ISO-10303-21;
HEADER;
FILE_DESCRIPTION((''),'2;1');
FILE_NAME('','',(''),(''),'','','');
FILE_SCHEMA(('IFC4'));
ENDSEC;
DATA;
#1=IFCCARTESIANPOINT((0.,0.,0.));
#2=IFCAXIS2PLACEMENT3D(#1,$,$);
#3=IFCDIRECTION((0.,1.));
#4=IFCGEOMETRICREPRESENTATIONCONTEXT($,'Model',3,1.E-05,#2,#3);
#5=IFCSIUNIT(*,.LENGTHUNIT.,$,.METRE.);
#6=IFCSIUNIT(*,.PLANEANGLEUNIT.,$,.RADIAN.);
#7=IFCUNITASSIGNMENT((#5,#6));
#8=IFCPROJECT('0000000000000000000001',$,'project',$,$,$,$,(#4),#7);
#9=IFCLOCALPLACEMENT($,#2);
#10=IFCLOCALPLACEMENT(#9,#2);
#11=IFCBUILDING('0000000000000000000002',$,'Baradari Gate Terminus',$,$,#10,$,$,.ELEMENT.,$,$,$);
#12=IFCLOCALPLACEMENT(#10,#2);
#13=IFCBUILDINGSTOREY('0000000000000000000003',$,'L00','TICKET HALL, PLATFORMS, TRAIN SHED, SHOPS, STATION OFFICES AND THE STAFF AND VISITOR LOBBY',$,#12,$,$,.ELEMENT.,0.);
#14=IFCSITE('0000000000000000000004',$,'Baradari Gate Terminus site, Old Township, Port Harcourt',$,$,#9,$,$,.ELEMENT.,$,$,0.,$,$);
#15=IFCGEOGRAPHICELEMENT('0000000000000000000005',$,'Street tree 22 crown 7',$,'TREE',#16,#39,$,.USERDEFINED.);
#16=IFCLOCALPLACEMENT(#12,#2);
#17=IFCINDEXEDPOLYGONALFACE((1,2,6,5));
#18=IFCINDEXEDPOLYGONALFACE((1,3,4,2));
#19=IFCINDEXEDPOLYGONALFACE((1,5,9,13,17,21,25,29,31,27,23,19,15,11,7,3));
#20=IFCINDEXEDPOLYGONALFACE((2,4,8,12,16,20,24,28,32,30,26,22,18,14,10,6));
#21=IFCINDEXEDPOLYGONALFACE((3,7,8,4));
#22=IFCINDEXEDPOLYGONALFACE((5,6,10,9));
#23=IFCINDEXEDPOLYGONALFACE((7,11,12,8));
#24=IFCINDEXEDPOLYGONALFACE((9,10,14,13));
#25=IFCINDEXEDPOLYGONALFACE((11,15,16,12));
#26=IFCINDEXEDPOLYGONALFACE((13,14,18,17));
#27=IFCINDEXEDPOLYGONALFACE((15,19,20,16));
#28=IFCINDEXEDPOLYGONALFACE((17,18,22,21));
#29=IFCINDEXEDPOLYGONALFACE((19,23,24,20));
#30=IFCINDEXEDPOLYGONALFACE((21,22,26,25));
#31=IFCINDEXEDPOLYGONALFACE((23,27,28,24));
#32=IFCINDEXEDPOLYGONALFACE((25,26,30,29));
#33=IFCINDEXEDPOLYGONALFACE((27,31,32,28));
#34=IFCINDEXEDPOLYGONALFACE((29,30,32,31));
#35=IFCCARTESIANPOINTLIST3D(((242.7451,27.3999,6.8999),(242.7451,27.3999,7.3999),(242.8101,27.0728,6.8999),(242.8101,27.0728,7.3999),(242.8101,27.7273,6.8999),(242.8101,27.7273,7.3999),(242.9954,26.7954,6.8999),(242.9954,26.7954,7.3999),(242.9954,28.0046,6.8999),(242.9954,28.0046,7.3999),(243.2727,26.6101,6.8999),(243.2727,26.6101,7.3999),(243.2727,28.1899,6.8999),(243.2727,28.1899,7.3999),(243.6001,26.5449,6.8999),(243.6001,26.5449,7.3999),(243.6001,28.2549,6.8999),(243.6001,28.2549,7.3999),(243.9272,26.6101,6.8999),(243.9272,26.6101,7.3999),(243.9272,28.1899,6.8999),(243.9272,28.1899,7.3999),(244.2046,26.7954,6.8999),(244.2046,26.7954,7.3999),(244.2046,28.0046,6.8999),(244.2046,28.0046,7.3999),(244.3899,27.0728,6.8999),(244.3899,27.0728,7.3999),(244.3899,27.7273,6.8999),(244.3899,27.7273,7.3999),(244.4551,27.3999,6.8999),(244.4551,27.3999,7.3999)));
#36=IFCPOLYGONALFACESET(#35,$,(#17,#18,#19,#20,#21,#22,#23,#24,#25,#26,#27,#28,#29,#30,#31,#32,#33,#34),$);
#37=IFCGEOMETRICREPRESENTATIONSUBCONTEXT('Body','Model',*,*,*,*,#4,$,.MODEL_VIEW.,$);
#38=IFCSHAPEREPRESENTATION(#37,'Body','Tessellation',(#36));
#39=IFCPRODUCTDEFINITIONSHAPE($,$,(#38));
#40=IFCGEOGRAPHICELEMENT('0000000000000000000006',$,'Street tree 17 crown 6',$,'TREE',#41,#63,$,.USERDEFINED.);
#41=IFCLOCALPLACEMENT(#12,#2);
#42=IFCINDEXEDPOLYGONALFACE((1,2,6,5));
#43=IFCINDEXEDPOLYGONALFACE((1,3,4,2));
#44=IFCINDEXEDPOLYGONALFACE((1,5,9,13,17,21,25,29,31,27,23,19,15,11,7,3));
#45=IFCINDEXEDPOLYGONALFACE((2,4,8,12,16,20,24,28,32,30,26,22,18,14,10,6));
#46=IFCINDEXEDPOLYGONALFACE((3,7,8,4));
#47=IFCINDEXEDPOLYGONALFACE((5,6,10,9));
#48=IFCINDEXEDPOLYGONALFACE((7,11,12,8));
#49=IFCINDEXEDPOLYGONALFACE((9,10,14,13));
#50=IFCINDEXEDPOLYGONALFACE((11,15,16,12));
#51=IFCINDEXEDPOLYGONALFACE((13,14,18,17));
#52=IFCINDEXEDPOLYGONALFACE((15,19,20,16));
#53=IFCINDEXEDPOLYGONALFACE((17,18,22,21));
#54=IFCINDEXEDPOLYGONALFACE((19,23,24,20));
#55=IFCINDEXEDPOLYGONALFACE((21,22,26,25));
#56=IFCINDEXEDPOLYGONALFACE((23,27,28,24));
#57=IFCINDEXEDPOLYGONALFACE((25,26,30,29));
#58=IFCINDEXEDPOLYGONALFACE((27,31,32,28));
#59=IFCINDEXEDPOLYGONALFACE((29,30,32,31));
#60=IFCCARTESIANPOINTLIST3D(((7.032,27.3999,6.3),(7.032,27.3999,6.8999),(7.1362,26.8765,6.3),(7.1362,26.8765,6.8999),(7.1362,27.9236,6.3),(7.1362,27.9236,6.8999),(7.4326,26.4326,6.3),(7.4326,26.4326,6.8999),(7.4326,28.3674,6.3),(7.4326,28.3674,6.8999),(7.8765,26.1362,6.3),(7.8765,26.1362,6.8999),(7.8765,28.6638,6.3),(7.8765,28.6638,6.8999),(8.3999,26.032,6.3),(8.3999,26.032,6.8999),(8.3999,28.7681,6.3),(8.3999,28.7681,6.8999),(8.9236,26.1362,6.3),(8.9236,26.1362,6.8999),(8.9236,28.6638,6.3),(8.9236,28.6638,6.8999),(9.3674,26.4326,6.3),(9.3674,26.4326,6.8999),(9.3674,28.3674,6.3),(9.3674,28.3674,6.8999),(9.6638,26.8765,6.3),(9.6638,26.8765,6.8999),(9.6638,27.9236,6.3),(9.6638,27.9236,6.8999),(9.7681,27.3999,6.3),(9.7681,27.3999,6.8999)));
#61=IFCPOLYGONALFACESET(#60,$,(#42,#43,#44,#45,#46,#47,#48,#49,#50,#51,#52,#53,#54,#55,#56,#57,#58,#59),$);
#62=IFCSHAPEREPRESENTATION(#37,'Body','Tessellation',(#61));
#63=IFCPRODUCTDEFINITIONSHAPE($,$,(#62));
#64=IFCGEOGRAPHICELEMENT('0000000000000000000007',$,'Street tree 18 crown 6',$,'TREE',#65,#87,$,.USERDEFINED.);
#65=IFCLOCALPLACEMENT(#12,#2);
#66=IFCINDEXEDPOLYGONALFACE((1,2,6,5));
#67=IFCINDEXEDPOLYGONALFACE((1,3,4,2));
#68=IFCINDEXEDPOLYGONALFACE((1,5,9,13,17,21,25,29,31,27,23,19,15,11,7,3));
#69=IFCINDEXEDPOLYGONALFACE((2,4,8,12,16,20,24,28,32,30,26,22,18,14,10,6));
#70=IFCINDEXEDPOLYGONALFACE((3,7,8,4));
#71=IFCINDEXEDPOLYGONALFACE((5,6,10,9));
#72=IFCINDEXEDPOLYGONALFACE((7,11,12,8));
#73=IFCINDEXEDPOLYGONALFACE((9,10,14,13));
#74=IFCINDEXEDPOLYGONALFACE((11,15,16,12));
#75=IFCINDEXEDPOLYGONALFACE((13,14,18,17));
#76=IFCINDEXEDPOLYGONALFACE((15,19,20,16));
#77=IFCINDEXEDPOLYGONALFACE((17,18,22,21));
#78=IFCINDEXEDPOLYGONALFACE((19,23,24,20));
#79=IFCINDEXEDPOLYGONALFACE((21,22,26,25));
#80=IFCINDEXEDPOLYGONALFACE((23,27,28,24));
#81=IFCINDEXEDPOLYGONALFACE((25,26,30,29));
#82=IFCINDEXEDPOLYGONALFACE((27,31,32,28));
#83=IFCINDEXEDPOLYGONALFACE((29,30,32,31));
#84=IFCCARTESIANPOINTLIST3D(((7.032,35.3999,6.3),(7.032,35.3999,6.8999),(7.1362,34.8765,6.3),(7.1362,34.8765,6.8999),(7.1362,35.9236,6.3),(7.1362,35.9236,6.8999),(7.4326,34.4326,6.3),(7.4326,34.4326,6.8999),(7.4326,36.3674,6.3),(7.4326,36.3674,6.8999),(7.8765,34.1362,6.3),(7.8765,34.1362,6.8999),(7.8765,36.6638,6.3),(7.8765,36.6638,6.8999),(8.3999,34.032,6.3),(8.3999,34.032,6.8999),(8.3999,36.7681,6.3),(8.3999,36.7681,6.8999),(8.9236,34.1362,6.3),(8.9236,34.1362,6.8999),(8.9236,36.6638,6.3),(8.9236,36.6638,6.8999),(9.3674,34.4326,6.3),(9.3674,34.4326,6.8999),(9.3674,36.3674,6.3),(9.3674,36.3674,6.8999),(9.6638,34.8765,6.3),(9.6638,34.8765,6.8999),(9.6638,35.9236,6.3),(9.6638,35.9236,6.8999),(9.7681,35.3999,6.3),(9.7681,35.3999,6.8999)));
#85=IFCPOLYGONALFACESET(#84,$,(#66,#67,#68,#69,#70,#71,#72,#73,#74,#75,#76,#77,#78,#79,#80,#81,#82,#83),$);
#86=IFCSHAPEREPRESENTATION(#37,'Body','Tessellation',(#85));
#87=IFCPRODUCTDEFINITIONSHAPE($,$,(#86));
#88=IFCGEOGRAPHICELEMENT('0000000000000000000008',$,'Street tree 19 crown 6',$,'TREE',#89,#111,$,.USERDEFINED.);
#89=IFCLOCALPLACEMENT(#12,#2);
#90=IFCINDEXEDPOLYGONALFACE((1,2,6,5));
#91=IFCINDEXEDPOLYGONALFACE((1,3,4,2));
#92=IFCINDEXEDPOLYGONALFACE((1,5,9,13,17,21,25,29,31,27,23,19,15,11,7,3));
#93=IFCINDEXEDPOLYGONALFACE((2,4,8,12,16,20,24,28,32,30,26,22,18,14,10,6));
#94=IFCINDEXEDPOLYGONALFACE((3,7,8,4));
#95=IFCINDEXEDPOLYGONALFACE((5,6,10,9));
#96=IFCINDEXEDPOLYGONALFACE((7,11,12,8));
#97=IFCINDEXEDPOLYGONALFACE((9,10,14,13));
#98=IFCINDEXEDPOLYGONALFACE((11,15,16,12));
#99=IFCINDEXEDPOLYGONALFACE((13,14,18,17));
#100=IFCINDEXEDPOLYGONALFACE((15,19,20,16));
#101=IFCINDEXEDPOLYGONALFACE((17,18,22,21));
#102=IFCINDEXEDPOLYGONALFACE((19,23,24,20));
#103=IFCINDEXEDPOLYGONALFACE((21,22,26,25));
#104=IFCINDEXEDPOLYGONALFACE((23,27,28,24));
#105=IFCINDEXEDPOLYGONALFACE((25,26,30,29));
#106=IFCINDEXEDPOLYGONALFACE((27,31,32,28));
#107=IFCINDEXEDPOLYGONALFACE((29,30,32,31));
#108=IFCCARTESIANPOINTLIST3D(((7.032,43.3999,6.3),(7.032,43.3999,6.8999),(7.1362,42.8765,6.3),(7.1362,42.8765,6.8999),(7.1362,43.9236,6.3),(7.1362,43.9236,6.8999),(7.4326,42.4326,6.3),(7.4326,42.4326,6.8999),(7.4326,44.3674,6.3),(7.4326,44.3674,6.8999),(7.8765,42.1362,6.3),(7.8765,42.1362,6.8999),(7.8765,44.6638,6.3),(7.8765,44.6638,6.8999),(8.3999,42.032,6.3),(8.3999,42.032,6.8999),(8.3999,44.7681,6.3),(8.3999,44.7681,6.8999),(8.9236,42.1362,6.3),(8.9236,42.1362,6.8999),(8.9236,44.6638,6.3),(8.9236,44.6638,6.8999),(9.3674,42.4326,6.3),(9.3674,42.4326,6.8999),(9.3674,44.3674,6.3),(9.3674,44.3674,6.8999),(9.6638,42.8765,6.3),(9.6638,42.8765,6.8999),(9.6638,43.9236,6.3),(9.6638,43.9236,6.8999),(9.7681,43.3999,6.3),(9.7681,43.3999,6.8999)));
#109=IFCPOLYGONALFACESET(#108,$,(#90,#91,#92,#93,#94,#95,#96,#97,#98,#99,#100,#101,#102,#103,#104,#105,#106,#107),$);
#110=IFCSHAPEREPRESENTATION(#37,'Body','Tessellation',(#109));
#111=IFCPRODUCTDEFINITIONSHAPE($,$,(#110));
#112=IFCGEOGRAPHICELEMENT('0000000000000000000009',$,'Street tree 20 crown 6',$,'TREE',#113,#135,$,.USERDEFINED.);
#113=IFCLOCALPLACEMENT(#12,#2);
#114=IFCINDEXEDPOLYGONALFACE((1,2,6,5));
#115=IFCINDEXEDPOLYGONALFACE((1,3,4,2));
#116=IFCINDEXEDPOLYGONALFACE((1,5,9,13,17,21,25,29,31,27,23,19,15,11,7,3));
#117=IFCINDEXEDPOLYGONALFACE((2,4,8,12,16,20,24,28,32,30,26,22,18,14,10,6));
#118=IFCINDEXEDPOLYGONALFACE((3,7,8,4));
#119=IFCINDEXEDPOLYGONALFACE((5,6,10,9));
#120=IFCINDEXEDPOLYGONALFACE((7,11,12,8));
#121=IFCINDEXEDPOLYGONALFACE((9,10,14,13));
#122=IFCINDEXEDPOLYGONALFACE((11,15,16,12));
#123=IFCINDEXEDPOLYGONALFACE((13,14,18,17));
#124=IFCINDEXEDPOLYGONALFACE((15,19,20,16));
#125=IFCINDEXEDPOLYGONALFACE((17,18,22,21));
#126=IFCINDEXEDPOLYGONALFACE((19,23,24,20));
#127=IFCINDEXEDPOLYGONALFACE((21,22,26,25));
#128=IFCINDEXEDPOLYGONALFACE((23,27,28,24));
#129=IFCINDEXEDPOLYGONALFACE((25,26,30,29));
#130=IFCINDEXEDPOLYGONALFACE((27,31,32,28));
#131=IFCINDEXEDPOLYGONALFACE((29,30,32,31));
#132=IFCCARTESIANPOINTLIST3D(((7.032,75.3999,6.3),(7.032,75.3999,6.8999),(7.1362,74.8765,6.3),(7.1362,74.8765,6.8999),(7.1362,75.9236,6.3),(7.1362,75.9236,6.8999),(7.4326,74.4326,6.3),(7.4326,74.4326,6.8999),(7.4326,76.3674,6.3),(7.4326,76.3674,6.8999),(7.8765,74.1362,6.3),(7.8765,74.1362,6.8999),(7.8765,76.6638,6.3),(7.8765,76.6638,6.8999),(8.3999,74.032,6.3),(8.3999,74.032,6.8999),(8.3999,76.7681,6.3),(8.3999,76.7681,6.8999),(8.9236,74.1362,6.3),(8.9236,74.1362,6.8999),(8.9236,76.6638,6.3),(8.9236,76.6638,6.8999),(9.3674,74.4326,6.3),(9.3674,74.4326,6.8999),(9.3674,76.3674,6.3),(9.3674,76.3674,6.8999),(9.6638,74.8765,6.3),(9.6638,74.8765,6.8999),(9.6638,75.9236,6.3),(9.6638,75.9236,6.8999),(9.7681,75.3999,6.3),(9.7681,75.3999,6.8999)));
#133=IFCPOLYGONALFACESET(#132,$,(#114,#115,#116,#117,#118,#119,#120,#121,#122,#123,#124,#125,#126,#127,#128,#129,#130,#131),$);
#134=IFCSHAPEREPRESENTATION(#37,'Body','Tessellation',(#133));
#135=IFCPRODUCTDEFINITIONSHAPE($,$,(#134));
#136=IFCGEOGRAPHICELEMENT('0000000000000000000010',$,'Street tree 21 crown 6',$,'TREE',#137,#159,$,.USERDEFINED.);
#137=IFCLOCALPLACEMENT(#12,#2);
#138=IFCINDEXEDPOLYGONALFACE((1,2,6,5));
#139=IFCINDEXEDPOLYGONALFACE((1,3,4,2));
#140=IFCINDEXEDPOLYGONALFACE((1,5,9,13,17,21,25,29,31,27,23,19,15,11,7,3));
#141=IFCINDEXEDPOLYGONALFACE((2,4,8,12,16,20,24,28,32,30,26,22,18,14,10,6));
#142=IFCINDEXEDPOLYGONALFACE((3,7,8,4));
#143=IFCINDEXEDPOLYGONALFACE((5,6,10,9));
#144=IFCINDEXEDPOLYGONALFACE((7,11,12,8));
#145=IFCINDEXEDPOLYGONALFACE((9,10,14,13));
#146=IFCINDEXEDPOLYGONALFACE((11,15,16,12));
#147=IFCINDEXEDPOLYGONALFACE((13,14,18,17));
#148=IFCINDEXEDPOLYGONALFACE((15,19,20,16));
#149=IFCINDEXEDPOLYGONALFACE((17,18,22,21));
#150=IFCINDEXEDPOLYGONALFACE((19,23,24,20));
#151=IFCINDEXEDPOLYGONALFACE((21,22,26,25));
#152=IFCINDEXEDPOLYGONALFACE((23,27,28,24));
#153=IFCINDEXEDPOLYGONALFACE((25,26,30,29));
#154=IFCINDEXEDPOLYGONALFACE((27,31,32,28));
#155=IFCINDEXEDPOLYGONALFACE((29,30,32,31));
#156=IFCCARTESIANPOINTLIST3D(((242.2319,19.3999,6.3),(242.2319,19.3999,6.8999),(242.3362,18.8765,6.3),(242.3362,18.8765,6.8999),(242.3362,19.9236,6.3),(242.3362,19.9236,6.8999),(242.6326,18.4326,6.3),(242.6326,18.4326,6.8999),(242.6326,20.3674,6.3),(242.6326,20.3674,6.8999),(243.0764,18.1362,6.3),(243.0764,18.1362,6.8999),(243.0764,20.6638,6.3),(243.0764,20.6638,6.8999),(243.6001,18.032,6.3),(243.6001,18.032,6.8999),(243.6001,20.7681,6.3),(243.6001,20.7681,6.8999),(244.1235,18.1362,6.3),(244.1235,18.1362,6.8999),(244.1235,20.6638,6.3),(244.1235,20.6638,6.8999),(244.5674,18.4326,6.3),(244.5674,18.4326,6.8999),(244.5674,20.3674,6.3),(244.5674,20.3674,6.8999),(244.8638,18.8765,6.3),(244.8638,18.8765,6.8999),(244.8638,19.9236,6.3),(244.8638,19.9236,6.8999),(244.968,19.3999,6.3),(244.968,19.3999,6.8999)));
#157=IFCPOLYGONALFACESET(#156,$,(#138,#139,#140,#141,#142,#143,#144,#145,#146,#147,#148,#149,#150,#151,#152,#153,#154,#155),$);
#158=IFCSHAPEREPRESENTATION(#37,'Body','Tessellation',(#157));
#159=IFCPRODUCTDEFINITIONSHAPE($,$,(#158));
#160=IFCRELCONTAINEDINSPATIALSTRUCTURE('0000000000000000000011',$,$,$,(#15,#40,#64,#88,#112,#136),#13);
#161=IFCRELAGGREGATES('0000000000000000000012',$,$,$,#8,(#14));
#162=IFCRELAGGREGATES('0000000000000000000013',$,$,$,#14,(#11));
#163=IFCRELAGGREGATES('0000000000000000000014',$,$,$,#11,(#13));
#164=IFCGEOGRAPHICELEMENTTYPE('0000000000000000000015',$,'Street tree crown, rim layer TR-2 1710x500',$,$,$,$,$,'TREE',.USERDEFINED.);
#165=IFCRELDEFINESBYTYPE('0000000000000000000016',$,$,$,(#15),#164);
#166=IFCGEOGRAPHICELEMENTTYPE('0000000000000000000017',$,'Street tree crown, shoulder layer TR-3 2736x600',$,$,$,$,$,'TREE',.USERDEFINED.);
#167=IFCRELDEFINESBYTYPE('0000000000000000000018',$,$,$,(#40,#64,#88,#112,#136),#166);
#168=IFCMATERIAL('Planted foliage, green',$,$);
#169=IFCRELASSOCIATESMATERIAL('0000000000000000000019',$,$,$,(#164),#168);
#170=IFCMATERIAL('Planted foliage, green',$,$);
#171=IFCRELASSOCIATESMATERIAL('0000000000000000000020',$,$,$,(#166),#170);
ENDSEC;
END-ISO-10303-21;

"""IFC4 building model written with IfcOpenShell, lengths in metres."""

from ifc_helpers import new_model, si_unit, direction, frame, origin, place, context, subcontext, project, spatial, polyline, outline, extrude, material, type_object, element, save


model = new_model("IFC4")

# Units and contexts
model_context = context("Model", 3, precision=1e-05, world=origin(), true_north=direction((0.0, 1.0)))
body_context = subcontext(model_context, "Body", "Model", "MODEL_VIEW")
ifc_project = project(units=[si_unit("LENGTHUNIT", "METRE"), si_unit("PLANEANGLEUNIT", "RADIAN")], contexts=[model_context])

# Site, building, storey
site_placement = place(None, origin())
site = spatial("IfcSite", under=ifc_project, at=site_placement, Name="Baradari Gate Terminus site, Old Township, Port Harcourt", CompositionType="ELEMENT", RefElevation=0.0)
building_placement = place(site_placement, origin())
building = spatial("IfcBuilding", under=site, at=building_placement, Name="Baradari Gate Terminus", CompositionType="ELEMENT")
storey_placement = place(building_placement, origin())
storey = spatial("IfcBuildingStorey", under=building, at=storey_placement, Name="L00", Description="TICKET HALL, PLATFORMS, TRAIN SHED, SHOPS, STATION OFFICES AND THE STAFF AND VISITOR LOBBY", CompositionType="ELEMENT", Elevation=0.0)

# Geographic elements
ifc_material_1 = material(Name="Planted foliage, green")
geographic_element_type_1 = type_object("IfcGeographicElementType", Name="Street tree crown, rim layer TR-2 1710x500", ElementType="TREE", PredefinedType="USERDEFINED", material=ifc_material_1)
geographic_element_1_placement = place(storey_placement, frame((0.0, 0.0, 6.8999)))
element("IfcGeographicElement", 1, at=geographic_element_1_placement, inside=storey, type_object=geographic_element_type_1, Name="Street tree 22 crown 7", ObjectType="TREE", PredefinedType="USERDEFINED", context=body_context, shape_type="SweptSolid", body=[
    extrude(outline(polyline([(244.4551, 27.3999), (244.3899, 27.7273), (244.2046, 28.0046), (243.9272, 28.1899), (243.6001, 28.2549), (243.2727, 28.1899), (242.9954, 28.0046), (242.8101, 27.7273), (242.7451, 27.3999), (242.8101, 27.0728), (242.9954, 26.7954), (243.2727, 26.6101), (243.6001, 26.5449), (243.9272, 26.6101), (244.2046, 26.7954), (244.3899, 27.0728), (244.4551, 27.3999)])), origin(), (0.0, 0.0, 1.0), 0.5),
])
ifc_material_2 = material(Name="Planted foliage, green")
geographic_element_type_2 = type_object("IfcGeographicElementType", Name="Street tree crown, shoulder layer TR-3 2736x600", ElementType="TREE", PredefinedType="USERDEFINED", material=ifc_material_2)
geographic_element_2_placement = place(storey_placement, frame((0.0, 0.0, 6.3)))
element("IfcGeographicElement", 2, at=geographic_element_2_placement, inside=storey, type_object=geographic_element_type_2, Name="Street tree 17 crown 6", ObjectType="TREE", PredefinedType="USERDEFINED", context=body_context, shape_type="SweptSolid", body=[
    extrude(outline(polyline([(9.7681, 27.3999), (9.6638, 27.9236), (9.3674, 28.3674), (8.9236, 28.6638), (8.3999, 28.7681), (7.8765, 28.6638), (7.4326, 28.3674), (7.1362, 27.9236), (7.032, 27.3999), (7.1362, 26.8765), (7.4326, 26.4326), (7.8765, 26.1362), (8.3999, 26.032), (8.9236, 26.1362), (9.3674, 26.4326), (9.6638, 26.8765), (9.7681, 27.3999)])), origin(), (0.0, 0.0, 1.0), 0.5999),
])
geographic_element_3_placement = place(storey_placement, frame((0.0, 0.0, 6.3)))
element("IfcGeographicElement", 3, at=geographic_element_3_placement, inside=storey, type_object=geographic_element_type_2, Name="Street tree 18 crown 6", ObjectType="TREE", PredefinedType="USERDEFINED", context=body_context, shape_type="SweptSolid", body=[
    extrude(outline(polyline([(9.7681, 35.3999), (9.6638, 35.9236), (9.3674, 36.3674), (8.9236, 36.6638), (8.3999, 36.7681), (7.8765, 36.6638), (7.4326, 36.3674), (7.1362, 35.9236), (7.032, 35.3999), (7.1362, 34.8765), (7.4326, 34.4326), (7.8765, 34.1362), (8.3999, 34.032), (8.9236, 34.1362), (9.3674, 34.4326), (9.6638, 34.8765), (9.7681, 35.3999)])), origin(), (0.0, 0.0, 1.0), 0.5999),
])
geographic_element_4_placement = place(storey_placement, frame((0.0, 0.0, 6.3)))
element("IfcGeographicElement", 4, at=geographic_element_4_placement, inside=storey, type_object=geographic_element_type_2, Name="Street tree 19 crown 6", ObjectType="TREE", PredefinedType="USERDEFINED", context=body_context, shape_type="SweptSolid", body=[
    extrude(outline(polyline([(9.7681, 43.3999), (9.6638, 43.9236), (9.3674, 44.3674), (8.9236, 44.6638), (8.3999, 44.7681), (7.8765, 44.6638), (7.4326, 44.3674), (7.1362, 43.9236), (7.032, 43.3999), (7.1362, 42.8765), (7.4326, 42.4326), (7.8765, 42.1362), (8.3999, 42.032), (8.9236, 42.1362), (9.3674, 42.4326), (9.6638, 42.8765), (9.7681, 43.3999)])), origin(), (0.0, 0.0, 1.0), 0.5999),
])
geographic_element_5_placement = place(storey_placement, frame((0.0, 0.0, 6.3)))
element("IfcGeographicElement", 5, at=geographic_element_5_placement, inside=storey, type_object=geographic_element_type_2, Name="Street tree 20 crown 6", ObjectType="TREE", PredefinedType="USERDEFINED", context=body_context, shape_type="SweptSolid", body=[
    extrude(outline(polyline([(9.7681, 75.3999), (9.6638, 75.9236), (9.3674, 76.3674), (8.9236, 76.6638), (8.3999, 76.7681), (7.8765, 76.6638), (7.4326, 76.3674), (7.1362, 75.9236), (7.032, 75.3999), (7.1362, 74.8765), (7.4326, 74.4326), (7.8765, 74.1362), (8.3999, 74.032), (8.9236, 74.1362), (9.3674, 74.4326), (9.6638, 74.8765), (9.7681, 75.3999)])), origin(), (0.0, 0.0, 1.0), 0.5999),
])
geographic_element_6_placement = place(storey_placement, frame((0.0, 0.0, 6.3)))
element("IfcGeographicElement", 6, at=geographic_element_6_placement, inside=storey, type_object=geographic_element_type_2, Name="Street tree 21 crown 6", ObjectType="TREE", PredefinedType="USERDEFINED", context=body_context, shape_type="SweptSolid", body=[
    extrude(outline(polyline([(244.968, 19.3999), (244.8638, 19.9236), (244.5674, 20.3674), (244.1235, 20.6638), (243.6001, 20.7681), (243.0764, 20.6638), (242.6326, 20.3674), (242.3362, 19.9236), (242.2319, 19.3999), (242.3362, 18.8765), (242.6326, 18.4326), (243.0764, 18.1362), (243.6001, 18.032), (244.1235, 18.1362), (244.5674, 18.4326), (244.8638, 18.8765), (244.968, 19.3999)])), origin(), (0.0, 0.0, 1.0), 0.5999),
])

save(model, "model.ifc")
